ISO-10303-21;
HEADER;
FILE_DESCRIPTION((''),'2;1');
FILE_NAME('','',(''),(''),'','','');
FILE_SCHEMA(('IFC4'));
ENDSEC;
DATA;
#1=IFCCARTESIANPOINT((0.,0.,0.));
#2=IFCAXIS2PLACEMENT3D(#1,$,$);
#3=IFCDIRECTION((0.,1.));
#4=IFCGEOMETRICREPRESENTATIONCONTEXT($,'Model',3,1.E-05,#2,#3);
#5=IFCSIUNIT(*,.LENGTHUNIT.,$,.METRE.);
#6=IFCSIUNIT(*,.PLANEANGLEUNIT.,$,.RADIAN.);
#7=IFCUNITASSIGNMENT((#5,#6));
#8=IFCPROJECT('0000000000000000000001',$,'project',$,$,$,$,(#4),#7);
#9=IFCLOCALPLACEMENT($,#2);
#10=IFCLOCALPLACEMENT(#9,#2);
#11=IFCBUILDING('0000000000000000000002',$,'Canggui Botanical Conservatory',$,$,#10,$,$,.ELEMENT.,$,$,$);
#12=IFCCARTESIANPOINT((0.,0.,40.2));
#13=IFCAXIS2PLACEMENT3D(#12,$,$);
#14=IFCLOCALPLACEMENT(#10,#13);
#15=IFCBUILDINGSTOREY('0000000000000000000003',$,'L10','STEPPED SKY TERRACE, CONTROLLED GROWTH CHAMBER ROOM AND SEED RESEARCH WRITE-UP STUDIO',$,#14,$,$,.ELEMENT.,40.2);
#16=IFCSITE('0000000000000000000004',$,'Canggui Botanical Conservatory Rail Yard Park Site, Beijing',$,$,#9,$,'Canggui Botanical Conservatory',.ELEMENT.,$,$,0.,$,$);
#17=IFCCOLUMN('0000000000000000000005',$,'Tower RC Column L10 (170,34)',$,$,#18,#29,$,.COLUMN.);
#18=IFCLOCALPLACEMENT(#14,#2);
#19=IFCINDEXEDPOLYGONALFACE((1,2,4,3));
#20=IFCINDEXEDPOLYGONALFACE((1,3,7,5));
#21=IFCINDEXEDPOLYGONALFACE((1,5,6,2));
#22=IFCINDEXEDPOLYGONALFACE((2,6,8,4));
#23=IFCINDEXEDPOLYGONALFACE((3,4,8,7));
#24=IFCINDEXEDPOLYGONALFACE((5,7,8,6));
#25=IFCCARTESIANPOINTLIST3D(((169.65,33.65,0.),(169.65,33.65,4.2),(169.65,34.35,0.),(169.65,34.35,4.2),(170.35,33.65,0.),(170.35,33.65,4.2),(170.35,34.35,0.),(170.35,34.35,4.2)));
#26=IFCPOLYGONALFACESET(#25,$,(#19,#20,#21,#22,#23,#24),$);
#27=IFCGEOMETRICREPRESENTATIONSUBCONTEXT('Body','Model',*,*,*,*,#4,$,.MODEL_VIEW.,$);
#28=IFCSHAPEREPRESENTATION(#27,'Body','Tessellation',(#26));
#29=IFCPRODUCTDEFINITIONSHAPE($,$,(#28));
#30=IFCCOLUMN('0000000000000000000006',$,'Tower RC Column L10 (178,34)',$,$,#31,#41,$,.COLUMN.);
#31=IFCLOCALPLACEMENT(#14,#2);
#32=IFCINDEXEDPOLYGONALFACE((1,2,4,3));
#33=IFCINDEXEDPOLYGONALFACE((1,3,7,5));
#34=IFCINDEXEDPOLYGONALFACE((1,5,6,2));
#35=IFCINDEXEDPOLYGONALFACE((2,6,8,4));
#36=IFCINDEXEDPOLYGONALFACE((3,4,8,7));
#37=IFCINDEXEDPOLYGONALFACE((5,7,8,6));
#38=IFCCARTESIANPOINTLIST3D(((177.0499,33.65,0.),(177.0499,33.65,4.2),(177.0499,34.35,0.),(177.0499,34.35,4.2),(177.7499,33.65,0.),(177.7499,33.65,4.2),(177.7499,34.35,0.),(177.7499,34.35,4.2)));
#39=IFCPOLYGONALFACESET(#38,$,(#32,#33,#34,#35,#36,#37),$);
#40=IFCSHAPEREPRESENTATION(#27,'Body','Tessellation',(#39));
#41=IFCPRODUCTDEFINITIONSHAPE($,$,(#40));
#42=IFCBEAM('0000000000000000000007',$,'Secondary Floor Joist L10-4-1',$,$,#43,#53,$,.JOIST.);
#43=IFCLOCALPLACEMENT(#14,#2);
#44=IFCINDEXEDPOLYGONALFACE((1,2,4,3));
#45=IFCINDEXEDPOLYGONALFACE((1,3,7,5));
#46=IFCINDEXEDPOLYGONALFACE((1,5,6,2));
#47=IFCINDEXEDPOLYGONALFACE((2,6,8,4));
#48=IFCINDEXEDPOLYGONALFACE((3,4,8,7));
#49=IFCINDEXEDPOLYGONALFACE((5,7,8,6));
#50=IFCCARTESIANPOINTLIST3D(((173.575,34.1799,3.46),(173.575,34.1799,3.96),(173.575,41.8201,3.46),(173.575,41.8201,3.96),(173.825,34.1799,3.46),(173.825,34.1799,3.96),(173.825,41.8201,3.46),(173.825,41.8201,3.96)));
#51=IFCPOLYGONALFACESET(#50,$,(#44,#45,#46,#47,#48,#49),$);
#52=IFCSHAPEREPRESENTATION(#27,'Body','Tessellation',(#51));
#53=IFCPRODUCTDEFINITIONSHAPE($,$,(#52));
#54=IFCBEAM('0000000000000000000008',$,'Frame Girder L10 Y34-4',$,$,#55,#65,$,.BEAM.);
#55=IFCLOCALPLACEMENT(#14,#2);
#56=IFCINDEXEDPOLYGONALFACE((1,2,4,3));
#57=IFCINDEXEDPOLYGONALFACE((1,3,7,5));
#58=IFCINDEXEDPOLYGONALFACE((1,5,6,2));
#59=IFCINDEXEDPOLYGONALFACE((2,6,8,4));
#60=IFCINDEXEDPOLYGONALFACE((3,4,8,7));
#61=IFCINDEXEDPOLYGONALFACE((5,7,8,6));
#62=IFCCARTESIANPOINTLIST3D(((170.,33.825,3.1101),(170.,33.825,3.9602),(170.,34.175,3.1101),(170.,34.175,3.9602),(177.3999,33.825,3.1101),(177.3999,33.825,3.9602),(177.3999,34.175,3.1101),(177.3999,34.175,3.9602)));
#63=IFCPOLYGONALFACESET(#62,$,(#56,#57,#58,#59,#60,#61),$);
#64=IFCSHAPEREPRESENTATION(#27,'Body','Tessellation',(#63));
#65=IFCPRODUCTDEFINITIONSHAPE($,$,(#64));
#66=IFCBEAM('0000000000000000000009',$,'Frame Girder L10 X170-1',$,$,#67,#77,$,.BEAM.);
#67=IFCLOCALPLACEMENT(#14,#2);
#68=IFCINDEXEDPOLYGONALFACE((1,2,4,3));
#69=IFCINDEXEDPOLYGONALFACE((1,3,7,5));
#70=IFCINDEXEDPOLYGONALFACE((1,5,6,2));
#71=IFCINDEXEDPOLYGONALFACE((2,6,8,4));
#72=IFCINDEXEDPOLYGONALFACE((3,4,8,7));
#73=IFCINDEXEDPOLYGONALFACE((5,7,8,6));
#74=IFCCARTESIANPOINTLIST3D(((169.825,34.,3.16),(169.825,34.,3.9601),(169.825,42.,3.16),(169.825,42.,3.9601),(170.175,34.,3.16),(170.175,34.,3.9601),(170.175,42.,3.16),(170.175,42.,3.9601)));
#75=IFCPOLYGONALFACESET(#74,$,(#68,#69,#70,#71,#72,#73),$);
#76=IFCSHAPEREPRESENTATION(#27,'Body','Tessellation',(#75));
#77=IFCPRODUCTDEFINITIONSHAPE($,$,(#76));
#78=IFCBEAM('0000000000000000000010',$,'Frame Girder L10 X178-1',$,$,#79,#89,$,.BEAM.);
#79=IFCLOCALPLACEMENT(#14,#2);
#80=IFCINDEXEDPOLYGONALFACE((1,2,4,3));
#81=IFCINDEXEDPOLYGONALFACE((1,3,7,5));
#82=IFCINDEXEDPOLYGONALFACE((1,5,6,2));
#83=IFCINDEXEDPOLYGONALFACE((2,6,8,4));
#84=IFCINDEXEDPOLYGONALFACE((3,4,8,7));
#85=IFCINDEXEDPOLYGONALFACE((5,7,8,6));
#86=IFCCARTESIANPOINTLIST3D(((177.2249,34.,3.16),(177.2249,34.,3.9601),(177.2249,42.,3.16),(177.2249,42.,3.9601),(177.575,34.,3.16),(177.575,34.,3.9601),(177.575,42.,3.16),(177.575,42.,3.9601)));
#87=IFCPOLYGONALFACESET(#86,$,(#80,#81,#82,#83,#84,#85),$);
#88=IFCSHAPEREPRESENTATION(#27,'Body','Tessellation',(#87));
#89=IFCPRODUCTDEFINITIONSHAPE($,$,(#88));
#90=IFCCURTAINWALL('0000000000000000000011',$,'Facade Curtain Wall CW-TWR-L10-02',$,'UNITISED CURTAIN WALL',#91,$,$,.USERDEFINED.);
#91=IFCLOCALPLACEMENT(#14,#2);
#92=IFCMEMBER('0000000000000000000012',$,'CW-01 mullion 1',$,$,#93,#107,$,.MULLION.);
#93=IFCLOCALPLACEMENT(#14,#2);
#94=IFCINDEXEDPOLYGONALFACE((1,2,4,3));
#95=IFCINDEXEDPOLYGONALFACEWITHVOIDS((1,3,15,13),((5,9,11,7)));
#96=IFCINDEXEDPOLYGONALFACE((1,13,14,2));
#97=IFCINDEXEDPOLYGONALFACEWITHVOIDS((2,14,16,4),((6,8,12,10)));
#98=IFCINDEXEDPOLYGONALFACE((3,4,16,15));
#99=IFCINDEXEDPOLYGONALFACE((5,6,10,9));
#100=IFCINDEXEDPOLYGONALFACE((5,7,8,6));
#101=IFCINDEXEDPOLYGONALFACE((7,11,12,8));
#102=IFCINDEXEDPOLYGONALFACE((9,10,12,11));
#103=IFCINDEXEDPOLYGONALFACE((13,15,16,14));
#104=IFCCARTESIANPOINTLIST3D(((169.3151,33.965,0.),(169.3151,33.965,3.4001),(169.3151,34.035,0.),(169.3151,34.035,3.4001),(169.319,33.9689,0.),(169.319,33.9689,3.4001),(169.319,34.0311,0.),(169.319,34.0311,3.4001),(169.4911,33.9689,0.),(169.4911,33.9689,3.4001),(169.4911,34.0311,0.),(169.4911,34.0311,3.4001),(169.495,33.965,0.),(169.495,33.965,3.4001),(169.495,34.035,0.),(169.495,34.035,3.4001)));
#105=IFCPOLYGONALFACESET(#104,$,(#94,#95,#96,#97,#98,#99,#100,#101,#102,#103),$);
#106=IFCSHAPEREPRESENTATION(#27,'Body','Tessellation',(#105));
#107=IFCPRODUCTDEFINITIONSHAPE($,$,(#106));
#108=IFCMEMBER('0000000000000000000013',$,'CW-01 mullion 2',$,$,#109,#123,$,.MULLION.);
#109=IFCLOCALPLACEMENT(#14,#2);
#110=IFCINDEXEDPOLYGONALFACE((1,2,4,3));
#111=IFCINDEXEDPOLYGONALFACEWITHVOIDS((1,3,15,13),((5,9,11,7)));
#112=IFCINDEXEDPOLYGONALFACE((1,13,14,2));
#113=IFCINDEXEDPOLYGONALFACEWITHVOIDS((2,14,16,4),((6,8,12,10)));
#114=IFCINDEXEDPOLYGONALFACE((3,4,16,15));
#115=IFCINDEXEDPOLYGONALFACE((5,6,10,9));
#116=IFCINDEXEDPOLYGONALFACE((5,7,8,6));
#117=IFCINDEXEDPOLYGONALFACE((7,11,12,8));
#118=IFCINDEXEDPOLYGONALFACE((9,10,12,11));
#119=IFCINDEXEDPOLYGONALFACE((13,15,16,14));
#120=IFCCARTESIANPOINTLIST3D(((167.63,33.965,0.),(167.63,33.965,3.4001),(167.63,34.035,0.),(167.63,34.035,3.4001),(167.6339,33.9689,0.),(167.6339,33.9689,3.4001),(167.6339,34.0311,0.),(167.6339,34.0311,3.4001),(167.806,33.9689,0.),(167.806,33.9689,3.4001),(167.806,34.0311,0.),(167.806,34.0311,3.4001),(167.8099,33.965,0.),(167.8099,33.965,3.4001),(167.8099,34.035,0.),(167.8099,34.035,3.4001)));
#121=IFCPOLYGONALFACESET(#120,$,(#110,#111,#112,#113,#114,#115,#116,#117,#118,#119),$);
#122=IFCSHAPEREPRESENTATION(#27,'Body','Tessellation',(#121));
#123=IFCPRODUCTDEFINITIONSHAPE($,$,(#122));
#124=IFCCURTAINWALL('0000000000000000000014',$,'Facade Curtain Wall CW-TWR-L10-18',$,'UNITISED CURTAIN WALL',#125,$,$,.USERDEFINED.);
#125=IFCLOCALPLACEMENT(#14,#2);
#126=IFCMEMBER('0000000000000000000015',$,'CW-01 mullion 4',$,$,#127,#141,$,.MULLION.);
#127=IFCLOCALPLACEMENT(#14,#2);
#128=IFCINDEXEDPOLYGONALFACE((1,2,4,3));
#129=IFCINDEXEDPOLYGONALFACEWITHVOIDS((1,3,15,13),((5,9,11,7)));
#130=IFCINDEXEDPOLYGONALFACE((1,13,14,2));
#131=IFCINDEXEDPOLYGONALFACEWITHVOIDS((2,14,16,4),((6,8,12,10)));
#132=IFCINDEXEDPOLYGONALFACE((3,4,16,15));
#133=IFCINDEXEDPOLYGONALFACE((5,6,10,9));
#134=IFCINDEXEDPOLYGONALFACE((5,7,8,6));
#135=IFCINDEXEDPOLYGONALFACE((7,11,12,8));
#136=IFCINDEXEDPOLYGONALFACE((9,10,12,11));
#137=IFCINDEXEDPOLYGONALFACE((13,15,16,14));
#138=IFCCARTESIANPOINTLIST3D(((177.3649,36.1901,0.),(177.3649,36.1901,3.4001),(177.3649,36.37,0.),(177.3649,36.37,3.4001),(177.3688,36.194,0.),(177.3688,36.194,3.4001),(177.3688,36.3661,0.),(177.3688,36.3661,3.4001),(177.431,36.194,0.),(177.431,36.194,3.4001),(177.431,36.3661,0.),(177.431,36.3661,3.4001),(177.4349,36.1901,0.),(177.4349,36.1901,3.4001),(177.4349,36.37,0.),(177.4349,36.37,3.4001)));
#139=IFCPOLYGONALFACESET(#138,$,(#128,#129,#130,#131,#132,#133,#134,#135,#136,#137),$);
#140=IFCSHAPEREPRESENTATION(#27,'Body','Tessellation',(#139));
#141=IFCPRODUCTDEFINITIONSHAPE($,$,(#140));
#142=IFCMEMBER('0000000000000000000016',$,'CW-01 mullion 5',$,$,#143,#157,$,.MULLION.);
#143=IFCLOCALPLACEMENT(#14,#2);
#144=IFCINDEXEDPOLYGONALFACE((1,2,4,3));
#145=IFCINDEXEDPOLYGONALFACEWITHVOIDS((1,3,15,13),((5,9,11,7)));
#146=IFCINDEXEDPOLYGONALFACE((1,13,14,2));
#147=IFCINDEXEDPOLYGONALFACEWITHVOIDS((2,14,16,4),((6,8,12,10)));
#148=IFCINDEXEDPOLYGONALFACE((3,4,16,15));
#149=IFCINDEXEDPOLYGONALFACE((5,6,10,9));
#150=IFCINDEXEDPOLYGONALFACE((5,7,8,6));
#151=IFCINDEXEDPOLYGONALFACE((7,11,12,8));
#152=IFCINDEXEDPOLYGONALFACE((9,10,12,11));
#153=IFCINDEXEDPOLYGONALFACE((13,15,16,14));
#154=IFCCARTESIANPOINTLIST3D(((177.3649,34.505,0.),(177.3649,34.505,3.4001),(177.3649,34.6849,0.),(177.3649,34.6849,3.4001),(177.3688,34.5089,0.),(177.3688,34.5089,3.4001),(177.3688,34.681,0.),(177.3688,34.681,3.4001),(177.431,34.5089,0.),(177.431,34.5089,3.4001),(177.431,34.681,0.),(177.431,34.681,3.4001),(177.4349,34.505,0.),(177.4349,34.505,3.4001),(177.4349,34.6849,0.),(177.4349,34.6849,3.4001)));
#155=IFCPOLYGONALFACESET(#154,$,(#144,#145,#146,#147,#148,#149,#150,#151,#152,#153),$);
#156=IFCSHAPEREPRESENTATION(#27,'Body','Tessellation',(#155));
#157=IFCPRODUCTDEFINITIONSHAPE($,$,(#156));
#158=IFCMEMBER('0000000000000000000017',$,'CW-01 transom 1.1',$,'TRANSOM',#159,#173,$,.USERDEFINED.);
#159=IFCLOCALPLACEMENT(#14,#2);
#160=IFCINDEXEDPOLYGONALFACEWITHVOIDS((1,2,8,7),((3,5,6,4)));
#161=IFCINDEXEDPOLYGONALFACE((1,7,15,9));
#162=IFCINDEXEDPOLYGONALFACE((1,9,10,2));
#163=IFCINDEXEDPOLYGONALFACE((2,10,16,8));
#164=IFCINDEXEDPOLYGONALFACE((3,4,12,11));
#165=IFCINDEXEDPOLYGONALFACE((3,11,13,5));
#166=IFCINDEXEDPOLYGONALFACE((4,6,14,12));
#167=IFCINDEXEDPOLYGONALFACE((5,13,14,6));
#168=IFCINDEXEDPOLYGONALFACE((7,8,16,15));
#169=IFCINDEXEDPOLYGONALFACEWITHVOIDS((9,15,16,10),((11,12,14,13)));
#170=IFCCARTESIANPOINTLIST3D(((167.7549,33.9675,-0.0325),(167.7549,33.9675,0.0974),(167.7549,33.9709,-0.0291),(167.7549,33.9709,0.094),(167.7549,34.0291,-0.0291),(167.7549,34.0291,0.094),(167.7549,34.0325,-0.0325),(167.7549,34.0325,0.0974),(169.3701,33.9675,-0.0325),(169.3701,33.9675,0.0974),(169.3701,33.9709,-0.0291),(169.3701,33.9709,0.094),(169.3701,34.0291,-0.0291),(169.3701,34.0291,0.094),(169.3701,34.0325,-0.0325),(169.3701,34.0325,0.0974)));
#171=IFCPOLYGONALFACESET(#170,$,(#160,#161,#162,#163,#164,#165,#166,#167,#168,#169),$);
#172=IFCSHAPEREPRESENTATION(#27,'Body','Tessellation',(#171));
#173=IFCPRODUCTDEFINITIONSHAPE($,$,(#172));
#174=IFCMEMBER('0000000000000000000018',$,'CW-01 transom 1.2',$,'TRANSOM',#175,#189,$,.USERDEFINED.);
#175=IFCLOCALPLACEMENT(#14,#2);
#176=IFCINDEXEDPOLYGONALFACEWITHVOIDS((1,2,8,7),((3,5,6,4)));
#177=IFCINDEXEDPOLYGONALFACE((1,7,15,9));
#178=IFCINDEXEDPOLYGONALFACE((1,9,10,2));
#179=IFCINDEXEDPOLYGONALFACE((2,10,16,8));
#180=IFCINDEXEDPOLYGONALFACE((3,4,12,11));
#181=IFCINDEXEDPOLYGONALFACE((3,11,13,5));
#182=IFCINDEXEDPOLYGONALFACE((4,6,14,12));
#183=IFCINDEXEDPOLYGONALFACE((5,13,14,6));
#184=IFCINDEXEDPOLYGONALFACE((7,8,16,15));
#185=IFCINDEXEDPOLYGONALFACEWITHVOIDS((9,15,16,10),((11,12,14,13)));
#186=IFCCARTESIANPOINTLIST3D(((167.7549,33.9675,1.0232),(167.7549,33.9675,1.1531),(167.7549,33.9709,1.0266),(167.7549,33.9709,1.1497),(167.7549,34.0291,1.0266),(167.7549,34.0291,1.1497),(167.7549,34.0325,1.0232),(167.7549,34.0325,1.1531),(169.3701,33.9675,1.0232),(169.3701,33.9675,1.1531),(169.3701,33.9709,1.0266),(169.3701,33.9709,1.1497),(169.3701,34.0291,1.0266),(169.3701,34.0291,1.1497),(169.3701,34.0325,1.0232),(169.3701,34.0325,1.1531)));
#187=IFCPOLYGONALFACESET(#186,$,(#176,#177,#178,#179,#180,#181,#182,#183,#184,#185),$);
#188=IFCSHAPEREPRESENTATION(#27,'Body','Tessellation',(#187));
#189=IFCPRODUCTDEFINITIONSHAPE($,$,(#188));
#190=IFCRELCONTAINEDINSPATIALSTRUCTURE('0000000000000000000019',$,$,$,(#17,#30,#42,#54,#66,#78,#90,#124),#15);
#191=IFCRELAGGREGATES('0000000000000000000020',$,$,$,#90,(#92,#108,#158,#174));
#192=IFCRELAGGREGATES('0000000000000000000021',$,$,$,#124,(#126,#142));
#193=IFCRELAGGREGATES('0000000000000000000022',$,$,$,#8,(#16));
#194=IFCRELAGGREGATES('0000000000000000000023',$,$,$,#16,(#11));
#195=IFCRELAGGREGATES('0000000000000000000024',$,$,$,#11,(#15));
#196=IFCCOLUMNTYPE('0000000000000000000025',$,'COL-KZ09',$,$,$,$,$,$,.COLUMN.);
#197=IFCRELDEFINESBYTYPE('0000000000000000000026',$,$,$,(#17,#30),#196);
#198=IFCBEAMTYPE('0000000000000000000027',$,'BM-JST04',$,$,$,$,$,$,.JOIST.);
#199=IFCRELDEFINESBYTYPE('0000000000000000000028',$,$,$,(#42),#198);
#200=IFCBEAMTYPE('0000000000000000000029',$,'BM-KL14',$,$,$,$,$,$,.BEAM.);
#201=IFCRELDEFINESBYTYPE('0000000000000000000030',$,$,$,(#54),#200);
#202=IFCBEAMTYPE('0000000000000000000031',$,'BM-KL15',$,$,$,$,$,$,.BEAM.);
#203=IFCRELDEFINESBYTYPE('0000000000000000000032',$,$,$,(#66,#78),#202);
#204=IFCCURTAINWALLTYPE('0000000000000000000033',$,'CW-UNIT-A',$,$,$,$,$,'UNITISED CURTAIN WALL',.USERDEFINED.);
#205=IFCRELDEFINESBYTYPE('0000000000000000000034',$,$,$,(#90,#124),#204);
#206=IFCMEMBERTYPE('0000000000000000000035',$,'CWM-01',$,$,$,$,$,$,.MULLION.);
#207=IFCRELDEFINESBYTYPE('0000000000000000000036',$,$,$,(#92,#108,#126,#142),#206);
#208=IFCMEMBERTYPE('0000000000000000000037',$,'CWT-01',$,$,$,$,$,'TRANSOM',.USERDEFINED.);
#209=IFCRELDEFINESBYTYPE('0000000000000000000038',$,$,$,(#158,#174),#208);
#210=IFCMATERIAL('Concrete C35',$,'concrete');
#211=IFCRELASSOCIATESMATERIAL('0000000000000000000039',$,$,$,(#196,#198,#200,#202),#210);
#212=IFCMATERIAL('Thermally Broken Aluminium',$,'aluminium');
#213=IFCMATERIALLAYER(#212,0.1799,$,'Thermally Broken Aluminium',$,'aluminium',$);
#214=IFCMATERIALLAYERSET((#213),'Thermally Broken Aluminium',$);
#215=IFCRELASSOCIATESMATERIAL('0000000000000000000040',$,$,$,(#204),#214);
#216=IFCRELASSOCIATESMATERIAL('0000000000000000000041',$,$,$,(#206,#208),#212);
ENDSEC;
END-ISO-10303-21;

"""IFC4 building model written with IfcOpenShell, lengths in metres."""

from ifc_helpers import new_model, si_unit, direction, frame, origin, origin_2d, place, context, subcontext, project, spatial, rectangle, hollow_rectangle, extrude, material, layer, layer_set, material_profile, profile_set, type_object, element, aggregate, save


model = new_model("IFC4")

# Units and contexts
model_context = context("Model", 3, precision=1e-05, world=origin(), true_north=direction((0.0, 1.0)))
body_context = subcontext(model_context, "Body", "Model", "MODEL_VIEW")
ifc_project = project(units=[si_unit("LENGTHUNIT", "METRE"), si_unit("PLANEANGLEUNIT", "RADIAN")], contexts=[model_context])

# Site, building, storey
site_placement = place(None, origin())
site = spatial("IfcSite", under=ifc_project, at=site_placement, Name="Canggui Botanical Conservatory Rail Yard Park Site, Beijing", LongName="Canggui Botanical Conservatory", CompositionType="ELEMENT", RefElevation=0.0)
building_placement = place(site_placement, origin())
building = spatial("IfcBuilding", under=site, at=building_placement, Name="Canggui Botanical Conservatory", CompositionType="ELEMENT")
storey_placement = place(building_placement, frame((0.0, 0.0, 40.2)))
storey = spatial("IfcBuildingStorey", under=building, at=storey_placement, Name="L10", Description="STEPPED SKY TERRACE, CONTROLLED GROWTH CHAMBER ROOM AND SEED RESEARCH WRITE-UP STUDIO", CompositionType="ELEMENT", Elevation=40.2)

# Columns
ifc_material_1 = material(Name="Concrete C35", Category="concrete")
ifc_material_profile_1 = material_profile(ifc_material_1, rectangle(XDim=0.7, YDim=0.7, at=origin_2d()), Name="RC 700x700")
ifc_profile_set_1 = profile_set([ifc_material_profile_1], Name="Concrete C35")
column_type = type_object("IfcColumnType", Name="COL-KZ09", PredefinedType="COLUMN", material=ifc_profile_set_1)
for number, where, z_axis, x_axis, name in (
    (1, (170.0, 34.0, 0.0), (0.0, 0.0, 1.0), (1.0, 0.0, 0.0), "Tower RC Column L10 (170,34)"),
    (2, (177.3999, 34.0, 0.0), (0.0, 0.0, 1.0), (1.0, 0.0, 0.0), "Tower RC Column L10 (178,34)"),
):
    element("IfcColumn", number, at=place(storey_placement, frame(where, z_axis=z_axis, x_axis=x_axis)), inside=storey, type_object=column_type, Name=name, PredefinedType="COLUMN", context=body_context, shape_type="SweptSolid", body=[
        extrude(rectangle(XDim=0.7, YDim=0.7, at=origin_2d()), origin(), (0.0, 0.0, 1.0), 4.2),
    ])

# Beams
ifc_material_profile_2 = material_profile(ifc_material_1, rectangle(XDim=0.25, YDim=0.5, at=origin_2d()), Name="RB 250x500")
ifc_profile_set_2 = profile_set([ifc_material_profile_2], Name="Concrete C35")
beam_type_1 = type_object("IfcBeamType", Name="BM-JST04", PredefinedType="JOIST", material=ifc_profile_set_2)
beam_1_placement = place(storey_placement, frame((173.7, 34.1799, 3.71), z_axis=(0.0, 1.0, 0.0), x_axis=(-1.0, 0.0, 0.0)))
element("IfcBeam", 3, at=beam_1_placement, inside=storey, type_object=beam_type_1, Name="Secondary Floor Joist L10-4-1", PredefinedType="JOIST", context=body_context, shape_type="SweptSolid", body=[
    extrude(rectangle(XDim=0.25, YDim=0.5, at=origin_2d()), origin(), (0.0, 0.0, 1.0), 7.6401),
])
ifc_material_profile_3 = material_profile(ifc_material_1, rectangle(XDim=0.3501, YDim=0.8501, at=origin_2d()), Name="RB 350x850")
ifc_profile_set_3 = profile_set([ifc_material_profile_3], Name="Concrete C35")
beam_type_2 = type_object("IfcBeamType", Name="BM-KL14", PredefinedType="BEAM", material=ifc_profile_set_3)
beam_2_placement = place(storey_placement, frame((170.0, 34.0, 3.5352), z_axis=(1.0, 0.0, 0.0), x_axis=(0.0, 1.0, 0.0)))
element("IfcBeam", 4, at=beam_2_placement, inside=storey, type_object=beam_type_2, Name="Frame Girder L10 Y34-4", PredefinedType="BEAM", context=body_context, shape_type="SweptSolid", body=[
    extrude(rectangle(XDim=0.3501, YDim=0.8501, at=origin_2d()), origin(), (0.0, 0.0, 1.0), 7.3999),
])
ifc_material_profile_4 = material_profile(ifc_material_1, rectangle(XDim=0.3501, YDim=0.8, at=origin_2d()), Name="RB 350x800")
ifc_profile_set_4 = profile_set([ifc_material_profile_4], Name="Concrete C35")
beam_type_3 = type_object("IfcBeamType", Name="BM-KL15", PredefinedType="BEAM", material=ifc_profile_set_4)
for number, where, z_axis, x_axis, name in (
    (5, (170.0, 34.0, 3.5601), (0.0, 1.0, 0.0), (-1.0, 0.0, 0.0), "Frame Girder L10 X170-1"),
    (6, (177.3999, 34.0, 3.5601), (0.0, 1.0, 0.0), (-1.0, 0.0, 0.0), "Frame Girder L10 X178-1"),
):
    element("IfcBeam", number, at=place(storey_placement, frame(where, z_axis=z_axis, x_axis=x_axis)), inside=storey, type_object=beam_type_3, Name=name, PredefinedType="BEAM", context=body_context, shape_type="SweptSolid", body=[
        extrude(rectangle(XDim=0.3501, YDim=0.8, at=origin_2d()), origin(), (0.0, 0.0, 1.0), 8.0),
    ])

# Curtain walls, members
ifc_material_2 = material(Name="Thermally Broken Aluminium", Category="aluminium")
ifc_layer_1 = layer(ifc_material_2, 0.1799, Name="Thermally Broken Aluminium", Category="aluminium")
ifc_layer_set_1 = layer_set([ifc_layer_1], Name="Thermally Broken Aluminium")
curtain_wall_type = type_object("IfcCurtainWallType", Name="CW-UNIT-A", ElementType="UNITISED CURTAIN WALL", PredefinedType="USERDEFINED", material=ifc_layer_set_1)
curtain_wall_1_placement = place(storey_placement, origin())
curtain_wall_1 = element("IfcCurtainWall", 7, at=curtain_wall_1_placement, inside=storey, type_object=curtain_wall_type, Name="Facade Curtain Wall CW-TWR-L10-02", ObjectType="UNITISED CURTAIN WALL", PredefinedType="USERDEFINED")
ifc_material_profile_5 = material_profile(ifc_material_2, hollow_rectangle(XDim=0.0701, YDim=0.1799, WallThickness=0.0039, at=origin_2d()), Name="CWM 70x180x4")
ifc_profile_set_5 = profile_set([ifc_material_profile_5], Name="Thermally Broken Aluminium")
member_type_1 = type_object("IfcMemberType", Name="CWM-01", PredefinedType="MULLION", material=ifc_profile_set_5)
member_1_placement = place(storey_placement, frame((169.405, 34.0, 0.0), z_axis=(0.0, 0.0, 1.0), x_axis=(0.0, -1.0, 0.0)))
member_1 = element("IfcMember", 8, at=member_1_placement, type_object=member_type_1, Name="CW-01 mullion 1", PredefinedType="MULLION", context=body_context, shape_type="SweptSolid", body=[
    extrude(hollow_rectangle(XDim=0.0701, YDim=0.1799, WallThickness=0.0039, at=origin_2d()), origin(), (0.0, 0.0, 1.0), 3.4001),
])
member_2_placement = place(storey_placement, frame((167.72, 34.0, 0.0), z_axis=(0.0, 0.0, 1.0), x_axis=(0.0, -1.0, 0.0)))
member_2 = element("IfcMember", 9, at=member_2_placement, type_object=member_type_1, Name="CW-01 mullion 2", PredefinedType="MULLION", context=body_context, shape_type="SweptSolid", body=[
    extrude(hollow_rectangle(XDim=0.0701, YDim=0.1799, WallThickness=0.0039, at=origin_2d()), origin(), (0.0, 0.0, 1.0), 3.4001),
])
curtain_wall_2_placement = place(storey_placement, origin())
curtain_wall_2 = element("IfcCurtainWall", 10, at=curtain_wall_2_placement, inside=storey, type_object=curtain_wall_type, Name="Facade Curtain Wall CW-TWR-L10-18", ObjectType="UNITISED CURTAIN WALL", PredefinedType="USERDEFINED")
member_3_placement = place(storey_placement, frame((177.3999, 36.28, 0.0), z_axis=(0.0, 0.0, 1.0), x_axis=(1.0, 0.0, 0.0)))
member_3 = element("IfcMember", 11, at=member_3_placement, type_object=member_type_1, Name="CW-01 mullion 4", PredefinedType="MULLION", context=body_context, shape_type="SweptSolid", body=[
    extrude(hollow_rectangle(XDim=0.0701, YDim=0.1799, WallThickness=0.0039, at=origin_2d()), origin(), (0.0, 0.0, 1.0), 3.4001),
])
member_4_placement = place(storey_placement, frame((177.3999, 34.595, 0.0), z_axis=(0.0, 0.0, 1.0), x_axis=(1.0, 0.0, 0.0)))
member_4 = element("IfcMember", 12, at=member_4_placement, type_object=member_type_1, Name="CW-01 mullion 5", PredefinedType="MULLION", context=body_context, shape_type="SweptSolid", body=[
    extrude(hollow_rectangle(XDim=0.0701, YDim=0.1799, WallThickness=0.0039, at=origin_2d()), origin(), (0.0, 0.0, 1.0), 3.4001),
])

# Members
ifc_material_profile_6 = material_profile(ifc_material_2, hollow_rectangle(XDim=0.0649, YDim=0.1299, WallThickness=0.0034, at=origin_2d()), Name="CWT 65x130x3.5")
ifc_profile_set_6 = profile_set([ifc_material_profile_6], Name="Thermally Broken Aluminium")
member_type_2 = type_object("IfcMemberType", Name="CWT-01", ElementType="TRANSOM", PredefinedType="USERDEFINED", material=ifc_profile_set_6)
member_5_placement = place(storey_placement, frame((169.3701, 34.0, 0.0325), z_axis=(-1.0, 0.0, 0.0), x_axis=(0.0, -1.0, 0.0)))
member_5 = element("IfcMember", 13, at=member_5_placement, type_object=member_type_2, Name="CW-01 transom 1.1", ObjectType="TRANSOM", PredefinedType="USERDEFINED", context=body_context, shape_type="SweptSolid", body=[
    extrude(hollow_rectangle(XDim=0.0649, YDim=0.1299, WallThickness=0.0034, at=origin_2d()), origin(), (0.0, 0.0, 1.0), 1.6152),
])
member_6_placement = place(storey_placement, frame((169.3701, 34.0, 1.0881), z_axis=(-1.0, 0.0, 0.0), x_axis=(0.0, -1.0, 0.0)))
member_6 = element("IfcMember", 14, at=member_6_placement, type_object=member_type_2, Name="CW-01 transom 1.2", ObjectType="TRANSOM", PredefinedType="USERDEFINED", context=body_context, shape_type="SweptSolid", body=[
    extrude(hollow_rectangle(XDim=0.0649, YDim=0.1299, WallThickness=0.0034, at=origin_2d()), origin(), (0.0, 0.0, 1.0), 1.6152),
])

aggregate(curtain_wall_1, [member_1, member_2, member_5, member_6])
aggregate(curtain_wall_2, [member_3, member_4])

save(model, "model.ifc")
